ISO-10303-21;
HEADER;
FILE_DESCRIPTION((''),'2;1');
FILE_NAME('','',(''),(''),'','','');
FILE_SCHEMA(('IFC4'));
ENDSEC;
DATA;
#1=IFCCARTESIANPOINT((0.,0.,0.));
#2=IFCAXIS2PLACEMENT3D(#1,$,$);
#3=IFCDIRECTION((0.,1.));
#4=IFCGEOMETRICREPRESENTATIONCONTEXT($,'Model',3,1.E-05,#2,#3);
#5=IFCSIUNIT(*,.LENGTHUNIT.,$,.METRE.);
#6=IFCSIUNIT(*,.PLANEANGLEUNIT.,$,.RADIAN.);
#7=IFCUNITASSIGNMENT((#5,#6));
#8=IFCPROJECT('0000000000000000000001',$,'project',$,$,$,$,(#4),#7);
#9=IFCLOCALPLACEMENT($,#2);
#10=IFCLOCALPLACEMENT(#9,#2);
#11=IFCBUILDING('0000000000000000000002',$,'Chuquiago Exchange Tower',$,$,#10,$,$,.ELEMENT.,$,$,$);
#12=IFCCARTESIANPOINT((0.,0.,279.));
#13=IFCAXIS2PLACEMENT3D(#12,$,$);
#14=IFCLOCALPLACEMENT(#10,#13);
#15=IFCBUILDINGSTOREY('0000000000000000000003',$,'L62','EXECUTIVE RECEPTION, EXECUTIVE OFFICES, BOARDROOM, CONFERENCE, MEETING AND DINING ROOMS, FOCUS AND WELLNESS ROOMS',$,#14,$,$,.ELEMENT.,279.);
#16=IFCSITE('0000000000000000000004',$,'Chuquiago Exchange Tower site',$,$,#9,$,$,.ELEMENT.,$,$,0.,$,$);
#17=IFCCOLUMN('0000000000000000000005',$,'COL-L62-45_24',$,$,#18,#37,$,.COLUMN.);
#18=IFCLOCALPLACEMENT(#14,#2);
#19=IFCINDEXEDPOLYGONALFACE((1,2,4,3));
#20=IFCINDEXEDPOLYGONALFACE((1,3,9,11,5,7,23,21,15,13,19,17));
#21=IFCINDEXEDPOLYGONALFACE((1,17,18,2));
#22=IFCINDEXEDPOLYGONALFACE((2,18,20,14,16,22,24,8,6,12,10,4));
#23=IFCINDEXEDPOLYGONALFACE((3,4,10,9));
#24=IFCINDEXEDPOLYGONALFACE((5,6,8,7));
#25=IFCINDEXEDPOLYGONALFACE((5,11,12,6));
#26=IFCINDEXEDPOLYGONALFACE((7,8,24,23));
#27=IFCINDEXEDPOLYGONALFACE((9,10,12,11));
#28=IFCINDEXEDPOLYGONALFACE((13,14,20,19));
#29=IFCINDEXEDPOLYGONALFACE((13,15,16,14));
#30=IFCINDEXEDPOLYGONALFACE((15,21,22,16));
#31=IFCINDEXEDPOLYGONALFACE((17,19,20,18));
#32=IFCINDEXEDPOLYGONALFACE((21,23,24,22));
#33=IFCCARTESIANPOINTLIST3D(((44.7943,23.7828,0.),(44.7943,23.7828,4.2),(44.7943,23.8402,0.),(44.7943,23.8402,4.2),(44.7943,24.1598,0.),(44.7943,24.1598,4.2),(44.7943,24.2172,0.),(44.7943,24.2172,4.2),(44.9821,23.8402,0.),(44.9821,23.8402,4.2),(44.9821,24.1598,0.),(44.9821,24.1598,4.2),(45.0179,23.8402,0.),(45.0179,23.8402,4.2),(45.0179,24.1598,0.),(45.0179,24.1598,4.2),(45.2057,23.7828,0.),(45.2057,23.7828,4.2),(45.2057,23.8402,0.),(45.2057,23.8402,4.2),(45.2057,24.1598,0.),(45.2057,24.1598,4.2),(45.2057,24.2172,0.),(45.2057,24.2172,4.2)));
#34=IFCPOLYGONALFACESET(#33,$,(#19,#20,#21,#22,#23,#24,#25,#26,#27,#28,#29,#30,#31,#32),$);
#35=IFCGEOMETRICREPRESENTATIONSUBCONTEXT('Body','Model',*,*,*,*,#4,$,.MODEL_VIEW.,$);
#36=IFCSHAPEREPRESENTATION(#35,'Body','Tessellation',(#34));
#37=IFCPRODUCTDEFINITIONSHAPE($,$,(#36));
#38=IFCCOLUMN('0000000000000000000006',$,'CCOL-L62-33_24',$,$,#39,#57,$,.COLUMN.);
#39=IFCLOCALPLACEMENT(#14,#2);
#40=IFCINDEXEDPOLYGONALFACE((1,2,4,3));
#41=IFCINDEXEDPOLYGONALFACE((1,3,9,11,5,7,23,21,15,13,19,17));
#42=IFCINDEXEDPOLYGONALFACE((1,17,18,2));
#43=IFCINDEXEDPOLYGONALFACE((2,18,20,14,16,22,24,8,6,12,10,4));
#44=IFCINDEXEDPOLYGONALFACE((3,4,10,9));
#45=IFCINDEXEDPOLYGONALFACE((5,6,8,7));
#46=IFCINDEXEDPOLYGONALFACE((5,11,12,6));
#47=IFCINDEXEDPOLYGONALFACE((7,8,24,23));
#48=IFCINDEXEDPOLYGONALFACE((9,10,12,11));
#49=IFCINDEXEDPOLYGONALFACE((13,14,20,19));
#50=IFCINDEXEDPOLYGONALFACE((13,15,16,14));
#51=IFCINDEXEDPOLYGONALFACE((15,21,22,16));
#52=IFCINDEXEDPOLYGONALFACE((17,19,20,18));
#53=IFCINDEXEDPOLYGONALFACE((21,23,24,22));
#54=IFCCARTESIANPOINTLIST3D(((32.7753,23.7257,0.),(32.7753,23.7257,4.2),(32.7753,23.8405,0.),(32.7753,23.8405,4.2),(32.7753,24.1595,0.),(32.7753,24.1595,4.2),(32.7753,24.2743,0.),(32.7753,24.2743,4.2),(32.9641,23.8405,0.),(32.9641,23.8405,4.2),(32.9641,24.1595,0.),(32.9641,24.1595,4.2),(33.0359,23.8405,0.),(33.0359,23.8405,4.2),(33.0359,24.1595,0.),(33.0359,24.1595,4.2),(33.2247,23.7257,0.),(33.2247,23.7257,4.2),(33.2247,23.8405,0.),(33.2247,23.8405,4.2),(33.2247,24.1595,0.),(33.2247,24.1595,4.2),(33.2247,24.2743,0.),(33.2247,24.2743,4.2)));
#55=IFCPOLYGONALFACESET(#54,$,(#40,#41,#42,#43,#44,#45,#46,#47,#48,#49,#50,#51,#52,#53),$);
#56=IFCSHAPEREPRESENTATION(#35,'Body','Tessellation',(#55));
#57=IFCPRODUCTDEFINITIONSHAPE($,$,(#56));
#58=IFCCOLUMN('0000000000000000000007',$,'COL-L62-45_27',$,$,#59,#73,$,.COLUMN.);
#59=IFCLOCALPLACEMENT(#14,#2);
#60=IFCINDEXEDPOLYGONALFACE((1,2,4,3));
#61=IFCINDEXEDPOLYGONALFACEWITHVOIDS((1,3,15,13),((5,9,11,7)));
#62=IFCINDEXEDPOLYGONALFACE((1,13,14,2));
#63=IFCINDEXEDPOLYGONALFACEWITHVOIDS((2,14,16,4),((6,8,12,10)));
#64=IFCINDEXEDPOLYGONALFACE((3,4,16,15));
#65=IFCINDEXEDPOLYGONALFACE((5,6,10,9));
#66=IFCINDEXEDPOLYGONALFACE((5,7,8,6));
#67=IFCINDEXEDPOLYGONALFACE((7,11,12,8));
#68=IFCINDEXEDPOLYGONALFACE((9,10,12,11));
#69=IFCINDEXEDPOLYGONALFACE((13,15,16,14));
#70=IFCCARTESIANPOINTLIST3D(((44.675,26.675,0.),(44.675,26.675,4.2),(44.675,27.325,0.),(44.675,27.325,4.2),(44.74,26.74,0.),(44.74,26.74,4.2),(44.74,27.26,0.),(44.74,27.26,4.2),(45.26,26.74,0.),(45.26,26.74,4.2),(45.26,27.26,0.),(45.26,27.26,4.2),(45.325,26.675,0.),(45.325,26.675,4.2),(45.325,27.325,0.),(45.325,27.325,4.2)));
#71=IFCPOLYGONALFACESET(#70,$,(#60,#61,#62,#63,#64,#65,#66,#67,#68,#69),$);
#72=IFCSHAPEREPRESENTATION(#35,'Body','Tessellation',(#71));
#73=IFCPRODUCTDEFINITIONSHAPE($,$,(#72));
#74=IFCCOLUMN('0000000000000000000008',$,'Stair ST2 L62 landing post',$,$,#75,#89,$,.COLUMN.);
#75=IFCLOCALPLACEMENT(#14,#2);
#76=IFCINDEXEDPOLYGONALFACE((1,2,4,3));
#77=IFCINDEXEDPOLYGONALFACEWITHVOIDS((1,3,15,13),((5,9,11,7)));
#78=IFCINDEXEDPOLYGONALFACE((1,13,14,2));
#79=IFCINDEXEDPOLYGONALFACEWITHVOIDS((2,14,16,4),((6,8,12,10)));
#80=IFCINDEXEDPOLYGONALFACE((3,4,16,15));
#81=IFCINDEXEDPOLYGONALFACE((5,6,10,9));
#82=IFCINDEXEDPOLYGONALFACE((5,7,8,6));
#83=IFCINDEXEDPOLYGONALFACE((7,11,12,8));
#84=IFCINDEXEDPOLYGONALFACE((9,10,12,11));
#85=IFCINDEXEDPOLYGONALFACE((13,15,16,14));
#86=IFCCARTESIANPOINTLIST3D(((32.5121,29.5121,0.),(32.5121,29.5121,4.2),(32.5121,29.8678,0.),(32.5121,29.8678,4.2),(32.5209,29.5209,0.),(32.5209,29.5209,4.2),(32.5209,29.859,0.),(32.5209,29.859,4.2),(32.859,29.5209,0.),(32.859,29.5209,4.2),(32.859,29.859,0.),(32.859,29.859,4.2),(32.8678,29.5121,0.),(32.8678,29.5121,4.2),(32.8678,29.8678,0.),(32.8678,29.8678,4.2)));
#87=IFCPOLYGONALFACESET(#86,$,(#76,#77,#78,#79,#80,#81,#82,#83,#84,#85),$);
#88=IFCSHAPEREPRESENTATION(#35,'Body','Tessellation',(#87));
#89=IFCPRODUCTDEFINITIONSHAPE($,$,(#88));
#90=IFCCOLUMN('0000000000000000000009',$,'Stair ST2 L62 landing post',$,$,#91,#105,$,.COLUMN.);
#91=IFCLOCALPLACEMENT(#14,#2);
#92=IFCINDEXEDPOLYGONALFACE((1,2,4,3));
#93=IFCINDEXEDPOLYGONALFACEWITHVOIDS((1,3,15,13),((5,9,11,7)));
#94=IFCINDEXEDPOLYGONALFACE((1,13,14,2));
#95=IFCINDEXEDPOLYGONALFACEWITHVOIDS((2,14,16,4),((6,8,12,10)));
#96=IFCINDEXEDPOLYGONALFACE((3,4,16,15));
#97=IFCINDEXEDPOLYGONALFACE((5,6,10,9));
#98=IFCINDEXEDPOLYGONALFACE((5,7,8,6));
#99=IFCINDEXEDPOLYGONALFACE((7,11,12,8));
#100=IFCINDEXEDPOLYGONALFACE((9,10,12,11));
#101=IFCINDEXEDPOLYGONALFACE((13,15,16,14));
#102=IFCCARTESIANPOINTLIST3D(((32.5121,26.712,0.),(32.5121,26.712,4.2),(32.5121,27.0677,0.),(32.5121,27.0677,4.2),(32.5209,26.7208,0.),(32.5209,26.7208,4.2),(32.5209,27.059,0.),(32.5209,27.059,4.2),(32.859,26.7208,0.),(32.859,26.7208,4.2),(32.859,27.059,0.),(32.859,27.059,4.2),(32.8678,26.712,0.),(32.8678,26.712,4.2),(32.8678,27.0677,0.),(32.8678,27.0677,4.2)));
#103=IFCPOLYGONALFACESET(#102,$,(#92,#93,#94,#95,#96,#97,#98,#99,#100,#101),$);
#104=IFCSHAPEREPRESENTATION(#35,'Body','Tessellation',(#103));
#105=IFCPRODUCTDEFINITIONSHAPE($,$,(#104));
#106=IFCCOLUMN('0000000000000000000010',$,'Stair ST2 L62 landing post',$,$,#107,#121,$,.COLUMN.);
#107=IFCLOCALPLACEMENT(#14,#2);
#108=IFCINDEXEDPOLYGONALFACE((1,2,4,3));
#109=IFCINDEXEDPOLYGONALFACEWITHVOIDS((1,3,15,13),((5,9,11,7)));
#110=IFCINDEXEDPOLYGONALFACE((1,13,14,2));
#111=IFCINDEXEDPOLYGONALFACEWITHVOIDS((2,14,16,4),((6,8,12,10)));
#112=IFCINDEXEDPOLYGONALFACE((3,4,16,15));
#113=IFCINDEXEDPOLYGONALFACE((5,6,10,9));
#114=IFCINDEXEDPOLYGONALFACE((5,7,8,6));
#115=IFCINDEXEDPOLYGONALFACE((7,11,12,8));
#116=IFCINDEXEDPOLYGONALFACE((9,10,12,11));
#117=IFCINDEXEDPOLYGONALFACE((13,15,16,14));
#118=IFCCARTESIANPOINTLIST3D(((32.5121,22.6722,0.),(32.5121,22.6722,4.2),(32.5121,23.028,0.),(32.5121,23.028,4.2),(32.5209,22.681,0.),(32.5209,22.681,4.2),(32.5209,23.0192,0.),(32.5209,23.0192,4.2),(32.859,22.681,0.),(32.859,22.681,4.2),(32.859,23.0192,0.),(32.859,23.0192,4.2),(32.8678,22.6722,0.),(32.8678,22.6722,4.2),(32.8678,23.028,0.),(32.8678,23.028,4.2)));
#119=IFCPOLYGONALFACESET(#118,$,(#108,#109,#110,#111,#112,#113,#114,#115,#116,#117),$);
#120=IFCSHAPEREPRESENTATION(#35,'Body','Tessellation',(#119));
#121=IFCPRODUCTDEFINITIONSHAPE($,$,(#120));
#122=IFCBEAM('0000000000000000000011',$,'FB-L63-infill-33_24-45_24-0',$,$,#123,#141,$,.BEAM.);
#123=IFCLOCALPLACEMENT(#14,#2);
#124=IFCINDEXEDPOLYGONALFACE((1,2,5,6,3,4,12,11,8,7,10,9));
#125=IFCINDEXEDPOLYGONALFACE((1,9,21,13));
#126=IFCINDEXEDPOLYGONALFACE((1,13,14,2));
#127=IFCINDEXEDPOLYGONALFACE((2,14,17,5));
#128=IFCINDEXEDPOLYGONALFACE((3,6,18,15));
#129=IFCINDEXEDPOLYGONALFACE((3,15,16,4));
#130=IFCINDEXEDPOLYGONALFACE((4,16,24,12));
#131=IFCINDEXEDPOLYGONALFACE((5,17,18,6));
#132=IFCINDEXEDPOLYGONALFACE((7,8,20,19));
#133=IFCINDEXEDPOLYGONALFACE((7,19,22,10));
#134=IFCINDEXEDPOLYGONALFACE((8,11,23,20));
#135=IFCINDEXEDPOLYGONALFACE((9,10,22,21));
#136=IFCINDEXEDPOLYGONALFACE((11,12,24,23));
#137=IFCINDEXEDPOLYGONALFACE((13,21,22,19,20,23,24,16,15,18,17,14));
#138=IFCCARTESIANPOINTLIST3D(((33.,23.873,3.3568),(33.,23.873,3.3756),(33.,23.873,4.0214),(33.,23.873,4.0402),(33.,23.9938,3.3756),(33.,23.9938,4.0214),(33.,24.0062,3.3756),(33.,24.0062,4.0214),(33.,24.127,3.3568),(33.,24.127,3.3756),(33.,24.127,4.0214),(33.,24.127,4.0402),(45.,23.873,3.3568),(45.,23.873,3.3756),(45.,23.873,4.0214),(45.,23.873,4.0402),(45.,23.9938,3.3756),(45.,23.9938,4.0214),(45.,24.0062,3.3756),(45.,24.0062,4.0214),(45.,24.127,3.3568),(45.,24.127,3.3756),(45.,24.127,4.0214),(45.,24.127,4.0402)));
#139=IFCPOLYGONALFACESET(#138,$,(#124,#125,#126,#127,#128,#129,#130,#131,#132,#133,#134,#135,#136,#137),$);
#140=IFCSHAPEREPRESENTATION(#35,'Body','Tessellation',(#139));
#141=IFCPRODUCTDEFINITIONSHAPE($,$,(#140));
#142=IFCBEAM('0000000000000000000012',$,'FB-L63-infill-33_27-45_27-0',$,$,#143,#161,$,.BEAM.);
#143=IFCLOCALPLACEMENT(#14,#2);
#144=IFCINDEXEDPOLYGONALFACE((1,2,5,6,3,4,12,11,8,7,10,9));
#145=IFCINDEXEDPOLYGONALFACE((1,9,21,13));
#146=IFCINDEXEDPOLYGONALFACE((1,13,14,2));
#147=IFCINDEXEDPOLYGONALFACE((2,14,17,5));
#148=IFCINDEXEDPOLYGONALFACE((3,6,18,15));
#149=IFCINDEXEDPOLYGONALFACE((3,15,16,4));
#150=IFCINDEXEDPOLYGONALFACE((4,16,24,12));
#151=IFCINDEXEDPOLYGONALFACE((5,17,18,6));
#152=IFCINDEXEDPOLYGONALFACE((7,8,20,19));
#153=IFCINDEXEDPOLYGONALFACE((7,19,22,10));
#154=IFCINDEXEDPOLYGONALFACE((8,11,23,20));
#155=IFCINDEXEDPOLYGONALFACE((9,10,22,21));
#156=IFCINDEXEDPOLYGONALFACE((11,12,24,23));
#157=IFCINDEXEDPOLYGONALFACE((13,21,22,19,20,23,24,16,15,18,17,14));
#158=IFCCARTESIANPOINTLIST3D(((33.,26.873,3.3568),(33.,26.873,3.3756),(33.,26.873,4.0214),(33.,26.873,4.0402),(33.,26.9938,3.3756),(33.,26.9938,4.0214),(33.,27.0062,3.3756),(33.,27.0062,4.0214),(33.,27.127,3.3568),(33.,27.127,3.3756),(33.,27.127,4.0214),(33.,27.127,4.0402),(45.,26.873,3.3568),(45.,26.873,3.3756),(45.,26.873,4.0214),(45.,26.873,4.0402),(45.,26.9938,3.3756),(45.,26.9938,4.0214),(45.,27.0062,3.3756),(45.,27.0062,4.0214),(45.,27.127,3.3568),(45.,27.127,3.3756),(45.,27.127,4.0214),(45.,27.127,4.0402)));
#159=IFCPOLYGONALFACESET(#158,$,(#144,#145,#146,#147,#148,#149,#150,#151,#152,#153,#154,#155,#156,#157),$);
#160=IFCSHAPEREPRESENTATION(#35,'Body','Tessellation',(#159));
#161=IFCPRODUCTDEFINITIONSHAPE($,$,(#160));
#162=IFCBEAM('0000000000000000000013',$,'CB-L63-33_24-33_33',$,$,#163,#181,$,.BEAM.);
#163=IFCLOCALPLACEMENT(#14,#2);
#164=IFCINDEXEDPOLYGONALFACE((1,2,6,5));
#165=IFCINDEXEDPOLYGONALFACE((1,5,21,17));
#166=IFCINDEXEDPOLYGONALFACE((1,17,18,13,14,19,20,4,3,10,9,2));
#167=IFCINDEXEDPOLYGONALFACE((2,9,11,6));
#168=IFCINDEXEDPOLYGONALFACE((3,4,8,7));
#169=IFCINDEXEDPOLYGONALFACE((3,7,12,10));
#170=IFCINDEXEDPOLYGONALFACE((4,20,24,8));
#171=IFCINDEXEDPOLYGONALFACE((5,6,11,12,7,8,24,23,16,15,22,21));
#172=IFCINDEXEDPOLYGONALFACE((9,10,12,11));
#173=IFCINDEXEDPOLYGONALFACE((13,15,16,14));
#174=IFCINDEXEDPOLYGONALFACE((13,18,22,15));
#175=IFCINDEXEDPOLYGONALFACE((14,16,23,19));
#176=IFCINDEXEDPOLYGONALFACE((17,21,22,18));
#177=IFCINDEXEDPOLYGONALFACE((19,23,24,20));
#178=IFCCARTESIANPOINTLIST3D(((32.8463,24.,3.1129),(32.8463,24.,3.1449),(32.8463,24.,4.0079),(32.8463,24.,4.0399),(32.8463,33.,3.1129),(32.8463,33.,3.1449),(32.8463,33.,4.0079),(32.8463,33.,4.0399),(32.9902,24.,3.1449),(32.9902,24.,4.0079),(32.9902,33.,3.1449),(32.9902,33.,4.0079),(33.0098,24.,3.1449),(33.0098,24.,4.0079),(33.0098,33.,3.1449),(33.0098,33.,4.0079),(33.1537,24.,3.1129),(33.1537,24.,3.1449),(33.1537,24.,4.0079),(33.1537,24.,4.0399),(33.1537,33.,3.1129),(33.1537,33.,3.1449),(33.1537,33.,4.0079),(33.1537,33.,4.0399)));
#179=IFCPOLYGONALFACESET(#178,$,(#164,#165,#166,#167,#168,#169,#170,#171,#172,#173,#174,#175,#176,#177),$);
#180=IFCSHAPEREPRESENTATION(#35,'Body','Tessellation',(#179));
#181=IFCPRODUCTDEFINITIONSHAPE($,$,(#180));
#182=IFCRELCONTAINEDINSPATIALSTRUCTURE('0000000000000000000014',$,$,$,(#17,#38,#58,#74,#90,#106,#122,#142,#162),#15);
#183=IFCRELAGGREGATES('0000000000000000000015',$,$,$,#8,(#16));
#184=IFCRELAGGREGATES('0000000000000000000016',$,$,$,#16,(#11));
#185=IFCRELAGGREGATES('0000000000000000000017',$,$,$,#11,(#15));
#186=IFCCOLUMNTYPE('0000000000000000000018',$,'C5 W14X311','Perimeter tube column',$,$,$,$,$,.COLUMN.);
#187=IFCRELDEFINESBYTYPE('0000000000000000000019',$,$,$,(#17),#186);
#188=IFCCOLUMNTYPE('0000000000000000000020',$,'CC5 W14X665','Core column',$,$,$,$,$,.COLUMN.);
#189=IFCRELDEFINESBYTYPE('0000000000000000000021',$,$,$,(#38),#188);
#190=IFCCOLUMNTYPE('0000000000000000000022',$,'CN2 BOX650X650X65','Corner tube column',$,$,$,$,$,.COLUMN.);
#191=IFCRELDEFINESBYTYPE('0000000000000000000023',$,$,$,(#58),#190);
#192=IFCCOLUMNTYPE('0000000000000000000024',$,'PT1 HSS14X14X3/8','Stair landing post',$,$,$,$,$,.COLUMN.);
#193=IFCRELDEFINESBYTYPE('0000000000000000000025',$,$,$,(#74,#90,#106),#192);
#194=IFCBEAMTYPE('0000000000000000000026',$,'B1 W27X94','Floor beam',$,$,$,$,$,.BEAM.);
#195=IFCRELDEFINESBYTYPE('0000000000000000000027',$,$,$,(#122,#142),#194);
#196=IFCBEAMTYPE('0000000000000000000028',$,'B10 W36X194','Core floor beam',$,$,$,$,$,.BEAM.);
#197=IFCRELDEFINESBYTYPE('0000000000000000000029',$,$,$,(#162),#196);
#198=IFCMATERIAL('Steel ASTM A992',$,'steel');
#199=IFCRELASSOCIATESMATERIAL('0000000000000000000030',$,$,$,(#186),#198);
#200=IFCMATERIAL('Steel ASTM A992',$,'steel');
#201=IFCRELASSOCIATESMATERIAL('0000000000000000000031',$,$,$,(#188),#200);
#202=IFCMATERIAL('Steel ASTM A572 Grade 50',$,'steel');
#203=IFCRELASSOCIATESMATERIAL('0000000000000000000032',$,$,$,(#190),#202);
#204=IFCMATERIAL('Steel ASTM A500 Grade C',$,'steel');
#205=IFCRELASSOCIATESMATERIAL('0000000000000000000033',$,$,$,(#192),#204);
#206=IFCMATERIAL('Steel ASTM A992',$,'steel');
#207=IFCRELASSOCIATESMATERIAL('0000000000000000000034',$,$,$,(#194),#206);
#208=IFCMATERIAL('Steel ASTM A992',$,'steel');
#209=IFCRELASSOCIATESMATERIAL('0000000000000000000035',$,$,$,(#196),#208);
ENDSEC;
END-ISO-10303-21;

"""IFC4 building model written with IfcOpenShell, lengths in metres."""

from ifc_helpers import new_model, si_unit, direction, frame, origin, origin_2d, place, context, subcontext, project, spatial, hollow_rectangle, i_section, extrude, material, material_profile, profile_set, type_object, element, save


model = new_model("IFC4")

# Units and contexts
model_context = context("Model", 3, precision=1e-05, world=origin(), true_north=direction((0.0, 1.0)))
body_context = subcontext(model_context, "Body", "Model", "MODEL_VIEW")
ifc_project = project(units=[si_unit("LENGTHUNIT", "METRE"), si_unit("PLANEANGLEUNIT", "RADIAN")], contexts=[model_context])

# Site, building, storey
site_placement = place(None, origin())
site = spatial("IfcSite", under=ifc_project, at=site_placement, Name="Chuquiago Exchange Tower site", CompositionType="ELEMENT", RefElevation=0.0)
building_placement = place(site_placement, origin())
building = spatial("IfcBuilding", under=site, at=building_placement, Name="Chuquiago Exchange Tower", CompositionType="ELEMENT")
storey_placement = place(building_placement, frame((0.0, 0.0, 279.0)))
storey = spatial("IfcBuildingStorey", under=building, at=storey_placement, Name="L62", Description="EXECUTIVE RECEPTION, EXECUTIVE OFFICES, BOARDROOM, CONFERENCE, MEETING AND DINING ROOMS, FOCUS AND WELLNESS ROOMS", CompositionType="ELEMENT", Elevation=279.0)

# Columns
ifc_material_1 = material(Name="Steel ASTM A992", Category="steel")
ifc_material_profile_1 = material_profile(ifc_material_1, i_section(OverallWidth=0.4114, OverallDepth=0.4343, WebThickness=0.0359, FlangeThickness=0.0574, at=origin_2d()), Name="W14X311")
ifc_profile_set_1 = profile_set([ifc_material_profile_1], Name="Steel ASTM A992")
column_type_1 = type_object("IfcColumnType", Name="C5 W14X311", Description="Perimeter tube column", PredefinedType="COLUMN", material=ifc_profile_set_1)
column_1_placement = place(storey_placement, frame((45.0, 24.0, 0.0), z_axis=(0.0, 0.0, 1.0), x_axis=(1.0, 0.0, 0.0)))
element("IfcColumn", 1, at=column_1_placement, inside=storey, type_object=column_type_1, Name="COL-L62-45_24", PredefinedType="COLUMN", context=body_context, shape_type="SweptSolid", body=[
    extrude(i_section(OverallWidth=0.4114, OverallDepth=0.4343, WebThickness=0.0359, FlangeThickness=0.0574, at=origin_2d()), origin(), (0.0, 0.0, 1.0), 4.2),
])
ifc_material_2 = material(Name="Steel ASTM A992", Category="steel")
ifc_material_profile_2 = material_profile(ifc_material_2, i_section(OverallWidth=0.4495, OverallDepth=0.5486, WebThickness=0.0718, FlangeThickness=0.1147, at=origin_2d()), Name="W14X665")
ifc_profile_set_2 = profile_set([ifc_material_profile_2], Name="Steel ASTM A992")
column_type_2 = type_object("IfcColumnType", Name="CC5 W14X665", Description="Core column", PredefinedType="COLUMN", material=ifc_profile_set_2)
column_2_placement = place(storey_placement, frame((33.0, 24.0, 0.0), z_axis=(0.0, 0.0, 1.0), x_axis=(1.0, 0.0, 0.0)))
element("IfcColumn", 2, at=column_2_placement, inside=storey, type_object=column_type_2, Name="CCOL-L62-33_24", PredefinedType="COLUMN", context=body_context, shape_type="SweptSolid", body=[
    extrude(i_section(OverallWidth=0.4495, OverallDepth=0.5486, WebThickness=0.0718, FlangeThickness=0.1147, at=origin_2d()), origin(), (0.0, 0.0, 1.0), 4.2),
])
ifc_material_3 = material(Name="Steel ASTM A572 Grade 50", Category="steel")
ifc_material_profile_3 = material_profile(ifc_material_3, hollow_rectangle(XDim=0.6499, YDim=0.6499, WallThickness=0.0649, at=origin_2d()), Name="BOX650X650X65")
ifc_profile_set_3 = profile_set([ifc_material_profile_3], Name="Steel ASTM A572 Grade 50")
column_type_3 = type_object("IfcColumnType", Name="CN2 BOX650X650X65", Description="Corner tube column", PredefinedType="COLUMN", material=ifc_profile_set_3)
column_3_placement = place(storey_placement, frame((45.0, 27.0, 0.0), z_axis=(0.0, 0.0, 1.0), x_axis=(1.0, 0.0, 0.0)))
element("IfcColumn", 3, at=column_3_placement, inside=storey, type_object=column_type_3, Name="COL-L62-45_27", PredefinedType="COLUMN", context=body_context, shape_type="SweptSolid", body=[
    extrude(hollow_rectangle(XDim=0.6499, YDim=0.6499, WallThickness=0.0649, at=origin_2d()), origin(), (0.0, 0.0, 1.0), 4.2),
])
ifc_material_4 = material(Name="Steel ASTM A500 Grade C", Category="steel")
ifc_material_profile_4 = material_profile(ifc_material_4, hollow_rectangle(XDim=0.3557, YDim=0.3557, WallThickness=0.0088, at=origin_2d()), Name="HSS14X14X3/8")
ifc_profile_set_4 = profile_set([ifc_material_profile_4], Name="Steel ASTM A500 Grade C")
column_type_4 = type_object("IfcColumnType", Name="PT1 HSS14X14X3/8", Description="Stair landing post", PredefinedType="COLUMN", material=ifc_profile_set_4)
for number, where, z_axis, x_axis, name in (
    (4, (32.6899, 29.6899, 0.0), (0.0, 0.0, 1.0), (1.0, 0.0, 0.0), "Stair ST2 L62 landing post"),
    (5, (32.6899, 26.8899, 0.0), (0.0, 0.0, 1.0), (1.0, 0.0, 0.0), "Stair ST2 L62 landing post"),
    (6, (32.6899, 22.8501, 0.0), (0.0, 0.0, 1.0), (1.0, 0.0, 0.0), "Stair ST2 L62 landing post"),
):
    element("IfcColumn", number, at=place(storey_placement, frame(where, z_axis=z_axis, x_axis=x_axis)), inside=storey, type_object=column_type_4, Name=name, PredefinedType="COLUMN", context=body_context, shape_type="SweptSolid", body=[
        extrude(hollow_rectangle(XDim=0.3557, YDim=0.3557, WallThickness=0.0088, at=origin_2d()), origin(), (0.0, 0.0, 1.0), 4.2),
    ])

# Beams
ifc_material_5 = material(Name="Steel ASTM A992", Category="steel")
ifc_material_profile_5 = material_profile(ifc_material_5, i_section(OverallWidth=0.2539, OverallDepth=0.6833, WebThickness=0.0125, FlangeThickness=0.0188, at=origin_2d()), Name="W27X94")
ifc_profile_set_5 = profile_set([ifc_material_profile_5], Name="Steel ASTM A992")
beam_type_1 = type_object("IfcBeamType", Name="B1 W27X94", Description="Floor beam", PredefinedType="BEAM", material=ifc_profile_set_5)
for number, where, z_axis, x_axis, name in (
    (7, (33.0, 24.0, 3.6985), (1.0, 0.0, 0.0), (0.0, 1.0, 0.0), "FB-L63-infill-33_24-45_24-0"),
    (8, (33.0, 27.0, 3.6985), (1.0, 0.0, 0.0), (0.0, 1.0, 0.0), "FB-L63-infill-33_27-45_27-0"),
):
    element("IfcBeam", number, at=place(storey_placement, frame(where, z_axis=z_axis, x_axis=x_axis)), inside=storey, type_object=beam_type_1, Name=name, PredefinedType="BEAM", context=body_context, shape_type="SweptSolid", body=[
        extrude(i_section(OverallWidth=0.2539, OverallDepth=0.6833, WebThickness=0.0125, FlangeThickness=0.0188, at=origin_2d()), origin(), (0.0, 0.0, 1.0), 12.0),
    ])
ifc_material_6 = material(Name="Steel ASTM A992", Category="steel")
ifc_material_profile_6 = material_profile(ifc_material_6, i_section(OverallWidth=0.3074, OverallDepth=0.927, WebThickness=0.0195, FlangeThickness=0.032, at=origin_2d()), Name="W36X194")
ifc_profile_set_6 = profile_set([ifc_material_profile_6], Name="Steel ASTM A992")
beam_type_2 = type_object("IfcBeamType", Name="B10 W36X194", Description="Core floor beam", PredefinedType="BEAM", material=ifc_profile_set_6)
beam_1_placement = place(storey_placement, frame((33.0, 24.0, 3.5764), z_axis=(0.0, 1.0, 0.0), x_axis=(-1.0, 0.0, 0.0)))
element("IfcBeam", 9, at=beam_1_placement, inside=storey, type_object=beam_type_2, Name="CB-L63-33_24-33_33", PredefinedType="BEAM", context=body_context, shape_type="SweptSolid", body=[
    extrude(i_section(OverallWidth=0.3074, OverallDepth=0.927, WebThickness=0.0195, FlangeThickness=0.032, at=origin_2d()), origin(), (0.0, 0.0, 1.0), 9.0),
])

save(model, "model.ifc")
